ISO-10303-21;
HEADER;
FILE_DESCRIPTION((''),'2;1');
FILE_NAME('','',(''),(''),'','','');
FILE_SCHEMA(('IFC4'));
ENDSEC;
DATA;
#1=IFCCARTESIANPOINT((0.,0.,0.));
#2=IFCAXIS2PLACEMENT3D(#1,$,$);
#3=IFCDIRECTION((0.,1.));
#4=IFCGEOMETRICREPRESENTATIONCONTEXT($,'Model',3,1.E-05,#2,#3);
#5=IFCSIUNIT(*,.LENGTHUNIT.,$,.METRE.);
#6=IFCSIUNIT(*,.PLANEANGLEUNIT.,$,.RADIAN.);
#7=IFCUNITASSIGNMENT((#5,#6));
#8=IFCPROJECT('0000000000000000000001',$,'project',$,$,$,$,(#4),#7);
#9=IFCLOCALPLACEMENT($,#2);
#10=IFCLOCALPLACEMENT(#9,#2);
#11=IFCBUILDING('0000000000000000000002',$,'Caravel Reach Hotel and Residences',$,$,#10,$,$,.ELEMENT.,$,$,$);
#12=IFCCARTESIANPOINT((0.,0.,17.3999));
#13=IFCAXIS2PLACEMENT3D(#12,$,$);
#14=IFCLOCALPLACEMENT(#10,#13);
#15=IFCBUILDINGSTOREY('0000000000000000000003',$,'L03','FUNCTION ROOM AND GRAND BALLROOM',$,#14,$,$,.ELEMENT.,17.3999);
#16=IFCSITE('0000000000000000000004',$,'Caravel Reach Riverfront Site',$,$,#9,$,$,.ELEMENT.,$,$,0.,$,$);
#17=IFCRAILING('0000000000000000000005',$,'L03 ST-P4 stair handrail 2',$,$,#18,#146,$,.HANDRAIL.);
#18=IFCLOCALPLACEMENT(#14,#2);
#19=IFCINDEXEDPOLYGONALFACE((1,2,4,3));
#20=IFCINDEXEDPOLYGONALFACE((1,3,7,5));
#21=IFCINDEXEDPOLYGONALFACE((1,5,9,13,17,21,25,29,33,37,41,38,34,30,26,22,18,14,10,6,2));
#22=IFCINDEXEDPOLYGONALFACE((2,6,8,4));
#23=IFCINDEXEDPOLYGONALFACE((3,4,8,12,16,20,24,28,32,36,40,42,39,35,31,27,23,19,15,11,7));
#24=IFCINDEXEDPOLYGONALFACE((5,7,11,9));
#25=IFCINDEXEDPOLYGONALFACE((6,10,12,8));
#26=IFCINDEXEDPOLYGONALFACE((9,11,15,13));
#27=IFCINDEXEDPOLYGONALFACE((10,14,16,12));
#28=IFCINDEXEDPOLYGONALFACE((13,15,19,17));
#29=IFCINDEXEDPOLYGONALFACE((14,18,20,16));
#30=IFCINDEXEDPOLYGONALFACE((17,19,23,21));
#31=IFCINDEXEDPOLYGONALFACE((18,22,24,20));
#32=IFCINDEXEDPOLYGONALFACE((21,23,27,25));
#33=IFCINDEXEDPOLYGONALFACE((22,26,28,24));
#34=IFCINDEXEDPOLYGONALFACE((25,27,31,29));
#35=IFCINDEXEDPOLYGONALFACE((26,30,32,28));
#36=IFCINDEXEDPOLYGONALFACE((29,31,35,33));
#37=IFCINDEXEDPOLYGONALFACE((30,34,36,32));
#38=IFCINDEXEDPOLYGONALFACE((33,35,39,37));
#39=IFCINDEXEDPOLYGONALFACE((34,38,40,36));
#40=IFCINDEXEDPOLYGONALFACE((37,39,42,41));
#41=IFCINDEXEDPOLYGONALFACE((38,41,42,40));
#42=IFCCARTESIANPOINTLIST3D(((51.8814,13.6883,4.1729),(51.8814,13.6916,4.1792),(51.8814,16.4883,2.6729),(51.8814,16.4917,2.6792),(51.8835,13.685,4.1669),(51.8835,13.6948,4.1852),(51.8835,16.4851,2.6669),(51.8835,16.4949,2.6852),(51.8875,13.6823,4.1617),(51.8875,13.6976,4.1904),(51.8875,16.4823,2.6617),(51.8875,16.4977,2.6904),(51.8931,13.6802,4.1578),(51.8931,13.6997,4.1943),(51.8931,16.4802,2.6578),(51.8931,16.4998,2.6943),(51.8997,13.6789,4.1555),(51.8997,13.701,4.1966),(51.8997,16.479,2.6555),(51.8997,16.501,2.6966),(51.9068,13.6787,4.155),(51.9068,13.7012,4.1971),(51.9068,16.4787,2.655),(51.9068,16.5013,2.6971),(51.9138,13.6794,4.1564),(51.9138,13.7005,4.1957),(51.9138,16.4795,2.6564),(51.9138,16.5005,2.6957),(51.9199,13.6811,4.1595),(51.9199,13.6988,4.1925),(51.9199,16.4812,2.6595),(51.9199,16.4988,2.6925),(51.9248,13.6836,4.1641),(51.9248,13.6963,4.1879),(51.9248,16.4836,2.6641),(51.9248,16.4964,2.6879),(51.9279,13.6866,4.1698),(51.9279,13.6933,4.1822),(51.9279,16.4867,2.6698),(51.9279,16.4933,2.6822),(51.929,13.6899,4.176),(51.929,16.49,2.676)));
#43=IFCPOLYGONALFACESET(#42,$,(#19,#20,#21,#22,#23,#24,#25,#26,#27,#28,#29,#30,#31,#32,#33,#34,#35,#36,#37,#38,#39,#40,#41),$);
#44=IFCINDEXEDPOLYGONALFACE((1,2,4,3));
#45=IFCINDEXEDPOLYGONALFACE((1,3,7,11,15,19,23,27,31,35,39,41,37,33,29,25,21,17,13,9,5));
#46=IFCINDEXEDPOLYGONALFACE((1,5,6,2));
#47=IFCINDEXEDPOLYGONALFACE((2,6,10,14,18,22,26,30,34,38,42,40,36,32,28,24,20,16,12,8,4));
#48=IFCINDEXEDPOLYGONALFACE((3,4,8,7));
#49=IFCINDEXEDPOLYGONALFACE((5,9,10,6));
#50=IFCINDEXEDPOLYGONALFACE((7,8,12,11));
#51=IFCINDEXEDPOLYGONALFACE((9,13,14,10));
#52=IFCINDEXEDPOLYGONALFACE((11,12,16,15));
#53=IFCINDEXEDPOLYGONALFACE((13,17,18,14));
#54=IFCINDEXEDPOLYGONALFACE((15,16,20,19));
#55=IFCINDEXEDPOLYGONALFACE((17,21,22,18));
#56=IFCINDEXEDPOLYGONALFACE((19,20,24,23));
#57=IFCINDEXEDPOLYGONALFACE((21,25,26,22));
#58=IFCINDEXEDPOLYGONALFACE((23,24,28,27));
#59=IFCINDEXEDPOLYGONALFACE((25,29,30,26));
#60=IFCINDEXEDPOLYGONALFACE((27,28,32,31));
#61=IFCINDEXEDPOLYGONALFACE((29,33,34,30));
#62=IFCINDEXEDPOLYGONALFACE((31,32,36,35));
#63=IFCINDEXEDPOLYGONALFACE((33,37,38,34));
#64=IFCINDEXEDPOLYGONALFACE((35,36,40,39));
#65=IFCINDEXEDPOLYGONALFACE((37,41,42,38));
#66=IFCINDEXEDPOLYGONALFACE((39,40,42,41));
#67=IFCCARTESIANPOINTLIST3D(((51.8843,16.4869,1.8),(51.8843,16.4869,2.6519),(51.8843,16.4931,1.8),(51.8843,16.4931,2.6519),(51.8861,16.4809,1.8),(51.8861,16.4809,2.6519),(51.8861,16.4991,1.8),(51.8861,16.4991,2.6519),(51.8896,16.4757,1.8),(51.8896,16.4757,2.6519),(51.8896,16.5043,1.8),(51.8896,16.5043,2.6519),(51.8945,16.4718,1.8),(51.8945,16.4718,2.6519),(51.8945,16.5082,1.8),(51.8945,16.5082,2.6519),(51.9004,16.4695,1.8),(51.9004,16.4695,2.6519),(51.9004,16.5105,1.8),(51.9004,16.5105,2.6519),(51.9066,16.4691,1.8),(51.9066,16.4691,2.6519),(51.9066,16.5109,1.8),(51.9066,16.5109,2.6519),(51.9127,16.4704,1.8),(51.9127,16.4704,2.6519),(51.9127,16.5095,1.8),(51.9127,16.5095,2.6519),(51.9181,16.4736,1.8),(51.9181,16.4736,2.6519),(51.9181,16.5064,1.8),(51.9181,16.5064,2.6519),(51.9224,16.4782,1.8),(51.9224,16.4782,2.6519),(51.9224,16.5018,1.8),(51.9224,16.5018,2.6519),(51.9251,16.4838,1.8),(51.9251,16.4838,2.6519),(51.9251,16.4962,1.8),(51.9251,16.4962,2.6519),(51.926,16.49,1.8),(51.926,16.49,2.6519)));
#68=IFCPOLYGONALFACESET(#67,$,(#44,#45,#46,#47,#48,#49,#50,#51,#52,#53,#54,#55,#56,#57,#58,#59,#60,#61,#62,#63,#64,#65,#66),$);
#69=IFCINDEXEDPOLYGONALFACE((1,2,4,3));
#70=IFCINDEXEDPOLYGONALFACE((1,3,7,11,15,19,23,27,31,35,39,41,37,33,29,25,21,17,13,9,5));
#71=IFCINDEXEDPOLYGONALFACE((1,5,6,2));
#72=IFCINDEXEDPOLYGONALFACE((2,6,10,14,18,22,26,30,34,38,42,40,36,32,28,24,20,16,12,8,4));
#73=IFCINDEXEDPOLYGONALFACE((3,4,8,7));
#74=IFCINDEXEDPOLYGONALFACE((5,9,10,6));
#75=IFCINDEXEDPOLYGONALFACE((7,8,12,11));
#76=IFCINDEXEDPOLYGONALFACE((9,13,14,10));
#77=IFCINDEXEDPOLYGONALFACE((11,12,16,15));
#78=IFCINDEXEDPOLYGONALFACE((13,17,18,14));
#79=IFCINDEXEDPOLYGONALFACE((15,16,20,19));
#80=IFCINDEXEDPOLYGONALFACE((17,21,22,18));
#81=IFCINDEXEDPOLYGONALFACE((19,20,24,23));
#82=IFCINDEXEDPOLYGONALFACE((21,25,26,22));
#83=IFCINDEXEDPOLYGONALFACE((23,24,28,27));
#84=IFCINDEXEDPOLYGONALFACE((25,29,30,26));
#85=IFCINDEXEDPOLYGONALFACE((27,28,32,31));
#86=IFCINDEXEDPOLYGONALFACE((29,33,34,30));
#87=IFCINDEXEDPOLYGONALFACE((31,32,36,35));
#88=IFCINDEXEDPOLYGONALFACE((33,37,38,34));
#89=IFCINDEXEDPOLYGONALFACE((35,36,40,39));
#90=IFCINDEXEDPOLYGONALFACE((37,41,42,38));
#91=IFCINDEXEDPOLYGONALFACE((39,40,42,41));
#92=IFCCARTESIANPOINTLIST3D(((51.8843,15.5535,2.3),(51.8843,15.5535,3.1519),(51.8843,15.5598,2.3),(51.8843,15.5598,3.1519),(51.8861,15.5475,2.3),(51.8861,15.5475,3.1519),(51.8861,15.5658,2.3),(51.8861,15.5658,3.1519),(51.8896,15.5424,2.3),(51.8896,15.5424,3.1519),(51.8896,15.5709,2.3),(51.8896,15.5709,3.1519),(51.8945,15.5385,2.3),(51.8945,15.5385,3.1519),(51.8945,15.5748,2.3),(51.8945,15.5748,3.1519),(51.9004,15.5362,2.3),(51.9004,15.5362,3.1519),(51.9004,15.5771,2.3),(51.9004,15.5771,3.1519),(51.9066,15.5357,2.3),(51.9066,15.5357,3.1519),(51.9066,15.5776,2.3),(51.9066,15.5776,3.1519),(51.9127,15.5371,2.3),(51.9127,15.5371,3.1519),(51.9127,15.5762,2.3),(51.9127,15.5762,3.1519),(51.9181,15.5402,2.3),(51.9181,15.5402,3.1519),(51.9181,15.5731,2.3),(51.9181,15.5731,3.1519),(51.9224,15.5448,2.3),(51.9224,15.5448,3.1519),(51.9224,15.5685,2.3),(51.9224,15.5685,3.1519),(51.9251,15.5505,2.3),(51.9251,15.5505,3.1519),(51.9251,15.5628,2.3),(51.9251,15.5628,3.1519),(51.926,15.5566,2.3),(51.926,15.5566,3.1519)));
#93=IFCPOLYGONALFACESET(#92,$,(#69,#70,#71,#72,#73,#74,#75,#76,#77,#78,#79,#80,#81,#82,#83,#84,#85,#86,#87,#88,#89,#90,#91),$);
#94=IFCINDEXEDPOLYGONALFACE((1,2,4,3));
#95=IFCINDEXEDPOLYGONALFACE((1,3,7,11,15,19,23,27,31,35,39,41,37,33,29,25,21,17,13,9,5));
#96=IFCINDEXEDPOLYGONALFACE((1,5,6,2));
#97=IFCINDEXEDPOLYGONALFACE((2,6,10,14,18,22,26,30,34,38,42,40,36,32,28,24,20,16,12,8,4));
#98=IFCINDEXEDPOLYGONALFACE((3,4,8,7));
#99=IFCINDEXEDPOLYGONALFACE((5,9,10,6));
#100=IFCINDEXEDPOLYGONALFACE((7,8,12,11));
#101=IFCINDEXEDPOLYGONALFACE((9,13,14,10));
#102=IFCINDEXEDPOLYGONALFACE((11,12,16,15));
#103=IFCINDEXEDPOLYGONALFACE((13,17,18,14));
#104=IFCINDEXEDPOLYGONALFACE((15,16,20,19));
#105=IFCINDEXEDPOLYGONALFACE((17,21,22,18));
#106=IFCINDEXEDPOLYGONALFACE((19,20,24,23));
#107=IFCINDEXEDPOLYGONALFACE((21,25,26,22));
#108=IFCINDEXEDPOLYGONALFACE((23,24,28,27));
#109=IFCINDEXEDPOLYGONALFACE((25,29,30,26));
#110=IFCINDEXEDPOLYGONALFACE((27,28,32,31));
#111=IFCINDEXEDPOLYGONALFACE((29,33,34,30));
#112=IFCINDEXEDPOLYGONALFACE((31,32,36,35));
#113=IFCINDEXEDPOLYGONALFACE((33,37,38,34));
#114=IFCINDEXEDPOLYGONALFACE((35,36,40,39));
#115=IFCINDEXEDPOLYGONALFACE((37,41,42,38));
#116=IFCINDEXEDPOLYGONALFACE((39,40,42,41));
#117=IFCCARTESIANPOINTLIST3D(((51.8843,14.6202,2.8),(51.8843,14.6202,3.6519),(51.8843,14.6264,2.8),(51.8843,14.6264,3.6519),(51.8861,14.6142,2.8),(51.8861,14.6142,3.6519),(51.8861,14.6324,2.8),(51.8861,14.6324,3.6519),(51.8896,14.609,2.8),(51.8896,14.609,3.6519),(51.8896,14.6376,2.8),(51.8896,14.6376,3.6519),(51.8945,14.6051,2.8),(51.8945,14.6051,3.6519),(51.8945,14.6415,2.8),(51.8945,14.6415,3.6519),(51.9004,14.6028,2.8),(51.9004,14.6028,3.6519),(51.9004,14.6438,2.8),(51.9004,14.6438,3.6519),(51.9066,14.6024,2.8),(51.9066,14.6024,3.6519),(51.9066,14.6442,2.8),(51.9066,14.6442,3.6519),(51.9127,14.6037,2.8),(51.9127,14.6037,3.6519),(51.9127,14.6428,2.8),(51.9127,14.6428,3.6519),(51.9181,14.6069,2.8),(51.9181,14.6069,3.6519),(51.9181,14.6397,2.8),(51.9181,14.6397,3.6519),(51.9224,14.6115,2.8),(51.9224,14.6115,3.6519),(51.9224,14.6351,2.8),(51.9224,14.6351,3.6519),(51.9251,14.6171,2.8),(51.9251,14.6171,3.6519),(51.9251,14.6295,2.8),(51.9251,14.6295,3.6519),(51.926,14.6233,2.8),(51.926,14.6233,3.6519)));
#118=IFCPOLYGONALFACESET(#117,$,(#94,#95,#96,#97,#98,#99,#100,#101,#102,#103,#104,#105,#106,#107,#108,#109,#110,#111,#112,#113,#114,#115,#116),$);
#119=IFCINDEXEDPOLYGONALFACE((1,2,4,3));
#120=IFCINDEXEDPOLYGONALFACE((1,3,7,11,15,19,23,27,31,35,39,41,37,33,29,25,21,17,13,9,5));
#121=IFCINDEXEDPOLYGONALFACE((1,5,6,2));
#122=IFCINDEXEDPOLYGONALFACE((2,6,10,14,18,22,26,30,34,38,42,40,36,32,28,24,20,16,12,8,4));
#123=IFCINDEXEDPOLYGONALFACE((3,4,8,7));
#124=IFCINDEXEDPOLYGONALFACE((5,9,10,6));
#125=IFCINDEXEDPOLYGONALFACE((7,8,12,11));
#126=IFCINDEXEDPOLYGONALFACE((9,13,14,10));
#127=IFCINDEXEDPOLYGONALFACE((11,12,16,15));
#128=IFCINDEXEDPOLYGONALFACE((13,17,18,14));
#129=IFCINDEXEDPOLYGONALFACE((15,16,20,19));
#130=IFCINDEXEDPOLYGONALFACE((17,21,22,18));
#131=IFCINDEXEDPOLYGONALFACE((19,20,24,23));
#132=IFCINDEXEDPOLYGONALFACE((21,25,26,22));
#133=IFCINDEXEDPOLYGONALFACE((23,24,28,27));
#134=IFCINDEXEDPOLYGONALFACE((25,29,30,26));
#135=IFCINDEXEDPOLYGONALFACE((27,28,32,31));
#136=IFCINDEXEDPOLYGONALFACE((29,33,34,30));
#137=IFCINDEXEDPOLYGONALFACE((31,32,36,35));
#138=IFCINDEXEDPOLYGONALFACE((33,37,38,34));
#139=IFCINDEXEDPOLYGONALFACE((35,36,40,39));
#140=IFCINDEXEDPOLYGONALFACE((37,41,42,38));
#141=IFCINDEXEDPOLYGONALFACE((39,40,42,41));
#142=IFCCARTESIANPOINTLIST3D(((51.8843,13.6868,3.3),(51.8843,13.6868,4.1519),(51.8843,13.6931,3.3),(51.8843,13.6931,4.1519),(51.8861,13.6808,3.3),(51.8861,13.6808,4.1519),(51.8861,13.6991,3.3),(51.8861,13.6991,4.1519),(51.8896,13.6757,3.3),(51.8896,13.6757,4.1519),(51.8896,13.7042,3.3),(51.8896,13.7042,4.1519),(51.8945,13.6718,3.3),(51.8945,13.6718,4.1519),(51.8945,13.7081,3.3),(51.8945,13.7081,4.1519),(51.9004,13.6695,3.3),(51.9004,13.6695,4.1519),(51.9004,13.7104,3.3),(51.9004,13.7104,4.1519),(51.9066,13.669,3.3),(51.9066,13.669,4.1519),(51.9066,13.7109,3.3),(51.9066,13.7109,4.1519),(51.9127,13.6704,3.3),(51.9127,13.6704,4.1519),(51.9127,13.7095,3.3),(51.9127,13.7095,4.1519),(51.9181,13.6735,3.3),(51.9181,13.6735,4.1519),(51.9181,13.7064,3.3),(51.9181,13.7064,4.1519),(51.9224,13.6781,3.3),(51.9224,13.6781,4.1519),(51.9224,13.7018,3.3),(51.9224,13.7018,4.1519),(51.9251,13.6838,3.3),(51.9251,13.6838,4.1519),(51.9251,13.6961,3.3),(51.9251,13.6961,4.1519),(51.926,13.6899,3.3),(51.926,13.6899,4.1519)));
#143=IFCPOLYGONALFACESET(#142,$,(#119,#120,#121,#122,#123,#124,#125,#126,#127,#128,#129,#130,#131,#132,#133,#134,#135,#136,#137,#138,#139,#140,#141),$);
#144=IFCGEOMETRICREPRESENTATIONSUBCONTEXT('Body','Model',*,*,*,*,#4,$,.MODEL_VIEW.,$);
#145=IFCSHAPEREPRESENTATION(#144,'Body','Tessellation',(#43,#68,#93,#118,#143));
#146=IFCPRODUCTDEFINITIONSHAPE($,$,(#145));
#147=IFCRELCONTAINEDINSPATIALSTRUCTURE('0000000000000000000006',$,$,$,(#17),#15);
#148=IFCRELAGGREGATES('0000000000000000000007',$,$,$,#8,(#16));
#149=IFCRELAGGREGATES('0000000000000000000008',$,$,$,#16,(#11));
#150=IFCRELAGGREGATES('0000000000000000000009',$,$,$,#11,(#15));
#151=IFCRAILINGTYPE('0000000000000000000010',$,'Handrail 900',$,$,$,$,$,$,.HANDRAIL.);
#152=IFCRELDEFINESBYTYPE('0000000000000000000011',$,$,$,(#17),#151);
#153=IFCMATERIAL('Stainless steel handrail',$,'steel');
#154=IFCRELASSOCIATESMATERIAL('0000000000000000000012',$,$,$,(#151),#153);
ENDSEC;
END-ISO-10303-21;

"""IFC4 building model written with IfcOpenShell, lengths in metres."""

from ifc_helpers import new_model, si_unit, direction, frame, origin, origin_2d, place, context, subcontext, project, spatial, circle, extrude, material, type_object, element, save


model = new_model("IFC4")

# Units and contexts
model_context = context("Model", 3, precision=1e-05, world=origin(), true_north=direction((0.0, 1.0)))
body_context = subcontext(model_context, "Body", "Model", "MODEL_VIEW")
ifc_project = project(units=[si_unit("LENGTHUNIT", "METRE"), si_unit("PLANEANGLEUNIT", "RADIAN")], contexts=[model_context])

# Site, building, storey
site_placement = place(None, origin())
site = spatial("IfcSite", under=ifc_project, at=site_placement, Name="Caravel Reach Riverfront Site", CompositionType="ELEMENT", RefElevation=0.0)
building_placement = place(site_placement, origin())
building = spatial("IfcBuilding", under=site, at=building_placement, Name="Caravel Reach Hotel and Residences", CompositionType="ELEMENT")
storey_placement = place(building_placement, frame((0.0, 0.0, 17.3999)))
storey = spatial("IfcBuildingStorey", under=building, at=storey_placement, Name="L03", Description="FUNCTION ROOM AND GRAND BALLROOM", CompositionType="ELEMENT", Elevation=17.3999)

# Railing
ifc_material_1 = material(Name="Stainless steel handrail", Category="steel")
railing_type_1 = type_object("IfcRailingType", Name="Handrail 900", PredefinedType="HANDRAIL", material=ifc_material_1)
railing_1_placement = place(storey_placement, frame((51.905, 16.49, 1.8)))
element("IfcRailing", 1, at=railing_1_placement, inside=storey, type_object=railing_type_1, Name="L03 ST-P4 stair handrail 2", PredefinedType="HANDRAIL", context=body_context, shape_type="SweptSolid", body=[
    extrude(circle(Radius=0.0239, at=origin_2d()), frame((0.0, 0.0, 0.876), z_axis=(0.0, -0.881483, 0.472215), x_axis=(1.0, 0.0, 0.0)), (0.0, 0.0, 1.0), 3.1765),
    extrude(circle(Radius=0.021, at=origin_2d()), origin(), (0.0, 0.0, 1.0), 0.8518),
    extrude(circle(Radius=0.021, at=origin_2d()), frame((0.0, -0.9333, 0.5)), (0.0, 0.0, 1.0), 0.8518),
    extrude(circle(Radius=0.021, at=origin_2d()), frame((0.0, -1.8667, 1.0)), (0.0, 0.0, 1.0), 0.8518),
    extrude(circle(Radius=0.021, at=origin_2d()), frame((0.0, -2.8, 1.5)), (0.0, 0.0, 1.0), 0.8518),
])

save(model, "model.ifc")
